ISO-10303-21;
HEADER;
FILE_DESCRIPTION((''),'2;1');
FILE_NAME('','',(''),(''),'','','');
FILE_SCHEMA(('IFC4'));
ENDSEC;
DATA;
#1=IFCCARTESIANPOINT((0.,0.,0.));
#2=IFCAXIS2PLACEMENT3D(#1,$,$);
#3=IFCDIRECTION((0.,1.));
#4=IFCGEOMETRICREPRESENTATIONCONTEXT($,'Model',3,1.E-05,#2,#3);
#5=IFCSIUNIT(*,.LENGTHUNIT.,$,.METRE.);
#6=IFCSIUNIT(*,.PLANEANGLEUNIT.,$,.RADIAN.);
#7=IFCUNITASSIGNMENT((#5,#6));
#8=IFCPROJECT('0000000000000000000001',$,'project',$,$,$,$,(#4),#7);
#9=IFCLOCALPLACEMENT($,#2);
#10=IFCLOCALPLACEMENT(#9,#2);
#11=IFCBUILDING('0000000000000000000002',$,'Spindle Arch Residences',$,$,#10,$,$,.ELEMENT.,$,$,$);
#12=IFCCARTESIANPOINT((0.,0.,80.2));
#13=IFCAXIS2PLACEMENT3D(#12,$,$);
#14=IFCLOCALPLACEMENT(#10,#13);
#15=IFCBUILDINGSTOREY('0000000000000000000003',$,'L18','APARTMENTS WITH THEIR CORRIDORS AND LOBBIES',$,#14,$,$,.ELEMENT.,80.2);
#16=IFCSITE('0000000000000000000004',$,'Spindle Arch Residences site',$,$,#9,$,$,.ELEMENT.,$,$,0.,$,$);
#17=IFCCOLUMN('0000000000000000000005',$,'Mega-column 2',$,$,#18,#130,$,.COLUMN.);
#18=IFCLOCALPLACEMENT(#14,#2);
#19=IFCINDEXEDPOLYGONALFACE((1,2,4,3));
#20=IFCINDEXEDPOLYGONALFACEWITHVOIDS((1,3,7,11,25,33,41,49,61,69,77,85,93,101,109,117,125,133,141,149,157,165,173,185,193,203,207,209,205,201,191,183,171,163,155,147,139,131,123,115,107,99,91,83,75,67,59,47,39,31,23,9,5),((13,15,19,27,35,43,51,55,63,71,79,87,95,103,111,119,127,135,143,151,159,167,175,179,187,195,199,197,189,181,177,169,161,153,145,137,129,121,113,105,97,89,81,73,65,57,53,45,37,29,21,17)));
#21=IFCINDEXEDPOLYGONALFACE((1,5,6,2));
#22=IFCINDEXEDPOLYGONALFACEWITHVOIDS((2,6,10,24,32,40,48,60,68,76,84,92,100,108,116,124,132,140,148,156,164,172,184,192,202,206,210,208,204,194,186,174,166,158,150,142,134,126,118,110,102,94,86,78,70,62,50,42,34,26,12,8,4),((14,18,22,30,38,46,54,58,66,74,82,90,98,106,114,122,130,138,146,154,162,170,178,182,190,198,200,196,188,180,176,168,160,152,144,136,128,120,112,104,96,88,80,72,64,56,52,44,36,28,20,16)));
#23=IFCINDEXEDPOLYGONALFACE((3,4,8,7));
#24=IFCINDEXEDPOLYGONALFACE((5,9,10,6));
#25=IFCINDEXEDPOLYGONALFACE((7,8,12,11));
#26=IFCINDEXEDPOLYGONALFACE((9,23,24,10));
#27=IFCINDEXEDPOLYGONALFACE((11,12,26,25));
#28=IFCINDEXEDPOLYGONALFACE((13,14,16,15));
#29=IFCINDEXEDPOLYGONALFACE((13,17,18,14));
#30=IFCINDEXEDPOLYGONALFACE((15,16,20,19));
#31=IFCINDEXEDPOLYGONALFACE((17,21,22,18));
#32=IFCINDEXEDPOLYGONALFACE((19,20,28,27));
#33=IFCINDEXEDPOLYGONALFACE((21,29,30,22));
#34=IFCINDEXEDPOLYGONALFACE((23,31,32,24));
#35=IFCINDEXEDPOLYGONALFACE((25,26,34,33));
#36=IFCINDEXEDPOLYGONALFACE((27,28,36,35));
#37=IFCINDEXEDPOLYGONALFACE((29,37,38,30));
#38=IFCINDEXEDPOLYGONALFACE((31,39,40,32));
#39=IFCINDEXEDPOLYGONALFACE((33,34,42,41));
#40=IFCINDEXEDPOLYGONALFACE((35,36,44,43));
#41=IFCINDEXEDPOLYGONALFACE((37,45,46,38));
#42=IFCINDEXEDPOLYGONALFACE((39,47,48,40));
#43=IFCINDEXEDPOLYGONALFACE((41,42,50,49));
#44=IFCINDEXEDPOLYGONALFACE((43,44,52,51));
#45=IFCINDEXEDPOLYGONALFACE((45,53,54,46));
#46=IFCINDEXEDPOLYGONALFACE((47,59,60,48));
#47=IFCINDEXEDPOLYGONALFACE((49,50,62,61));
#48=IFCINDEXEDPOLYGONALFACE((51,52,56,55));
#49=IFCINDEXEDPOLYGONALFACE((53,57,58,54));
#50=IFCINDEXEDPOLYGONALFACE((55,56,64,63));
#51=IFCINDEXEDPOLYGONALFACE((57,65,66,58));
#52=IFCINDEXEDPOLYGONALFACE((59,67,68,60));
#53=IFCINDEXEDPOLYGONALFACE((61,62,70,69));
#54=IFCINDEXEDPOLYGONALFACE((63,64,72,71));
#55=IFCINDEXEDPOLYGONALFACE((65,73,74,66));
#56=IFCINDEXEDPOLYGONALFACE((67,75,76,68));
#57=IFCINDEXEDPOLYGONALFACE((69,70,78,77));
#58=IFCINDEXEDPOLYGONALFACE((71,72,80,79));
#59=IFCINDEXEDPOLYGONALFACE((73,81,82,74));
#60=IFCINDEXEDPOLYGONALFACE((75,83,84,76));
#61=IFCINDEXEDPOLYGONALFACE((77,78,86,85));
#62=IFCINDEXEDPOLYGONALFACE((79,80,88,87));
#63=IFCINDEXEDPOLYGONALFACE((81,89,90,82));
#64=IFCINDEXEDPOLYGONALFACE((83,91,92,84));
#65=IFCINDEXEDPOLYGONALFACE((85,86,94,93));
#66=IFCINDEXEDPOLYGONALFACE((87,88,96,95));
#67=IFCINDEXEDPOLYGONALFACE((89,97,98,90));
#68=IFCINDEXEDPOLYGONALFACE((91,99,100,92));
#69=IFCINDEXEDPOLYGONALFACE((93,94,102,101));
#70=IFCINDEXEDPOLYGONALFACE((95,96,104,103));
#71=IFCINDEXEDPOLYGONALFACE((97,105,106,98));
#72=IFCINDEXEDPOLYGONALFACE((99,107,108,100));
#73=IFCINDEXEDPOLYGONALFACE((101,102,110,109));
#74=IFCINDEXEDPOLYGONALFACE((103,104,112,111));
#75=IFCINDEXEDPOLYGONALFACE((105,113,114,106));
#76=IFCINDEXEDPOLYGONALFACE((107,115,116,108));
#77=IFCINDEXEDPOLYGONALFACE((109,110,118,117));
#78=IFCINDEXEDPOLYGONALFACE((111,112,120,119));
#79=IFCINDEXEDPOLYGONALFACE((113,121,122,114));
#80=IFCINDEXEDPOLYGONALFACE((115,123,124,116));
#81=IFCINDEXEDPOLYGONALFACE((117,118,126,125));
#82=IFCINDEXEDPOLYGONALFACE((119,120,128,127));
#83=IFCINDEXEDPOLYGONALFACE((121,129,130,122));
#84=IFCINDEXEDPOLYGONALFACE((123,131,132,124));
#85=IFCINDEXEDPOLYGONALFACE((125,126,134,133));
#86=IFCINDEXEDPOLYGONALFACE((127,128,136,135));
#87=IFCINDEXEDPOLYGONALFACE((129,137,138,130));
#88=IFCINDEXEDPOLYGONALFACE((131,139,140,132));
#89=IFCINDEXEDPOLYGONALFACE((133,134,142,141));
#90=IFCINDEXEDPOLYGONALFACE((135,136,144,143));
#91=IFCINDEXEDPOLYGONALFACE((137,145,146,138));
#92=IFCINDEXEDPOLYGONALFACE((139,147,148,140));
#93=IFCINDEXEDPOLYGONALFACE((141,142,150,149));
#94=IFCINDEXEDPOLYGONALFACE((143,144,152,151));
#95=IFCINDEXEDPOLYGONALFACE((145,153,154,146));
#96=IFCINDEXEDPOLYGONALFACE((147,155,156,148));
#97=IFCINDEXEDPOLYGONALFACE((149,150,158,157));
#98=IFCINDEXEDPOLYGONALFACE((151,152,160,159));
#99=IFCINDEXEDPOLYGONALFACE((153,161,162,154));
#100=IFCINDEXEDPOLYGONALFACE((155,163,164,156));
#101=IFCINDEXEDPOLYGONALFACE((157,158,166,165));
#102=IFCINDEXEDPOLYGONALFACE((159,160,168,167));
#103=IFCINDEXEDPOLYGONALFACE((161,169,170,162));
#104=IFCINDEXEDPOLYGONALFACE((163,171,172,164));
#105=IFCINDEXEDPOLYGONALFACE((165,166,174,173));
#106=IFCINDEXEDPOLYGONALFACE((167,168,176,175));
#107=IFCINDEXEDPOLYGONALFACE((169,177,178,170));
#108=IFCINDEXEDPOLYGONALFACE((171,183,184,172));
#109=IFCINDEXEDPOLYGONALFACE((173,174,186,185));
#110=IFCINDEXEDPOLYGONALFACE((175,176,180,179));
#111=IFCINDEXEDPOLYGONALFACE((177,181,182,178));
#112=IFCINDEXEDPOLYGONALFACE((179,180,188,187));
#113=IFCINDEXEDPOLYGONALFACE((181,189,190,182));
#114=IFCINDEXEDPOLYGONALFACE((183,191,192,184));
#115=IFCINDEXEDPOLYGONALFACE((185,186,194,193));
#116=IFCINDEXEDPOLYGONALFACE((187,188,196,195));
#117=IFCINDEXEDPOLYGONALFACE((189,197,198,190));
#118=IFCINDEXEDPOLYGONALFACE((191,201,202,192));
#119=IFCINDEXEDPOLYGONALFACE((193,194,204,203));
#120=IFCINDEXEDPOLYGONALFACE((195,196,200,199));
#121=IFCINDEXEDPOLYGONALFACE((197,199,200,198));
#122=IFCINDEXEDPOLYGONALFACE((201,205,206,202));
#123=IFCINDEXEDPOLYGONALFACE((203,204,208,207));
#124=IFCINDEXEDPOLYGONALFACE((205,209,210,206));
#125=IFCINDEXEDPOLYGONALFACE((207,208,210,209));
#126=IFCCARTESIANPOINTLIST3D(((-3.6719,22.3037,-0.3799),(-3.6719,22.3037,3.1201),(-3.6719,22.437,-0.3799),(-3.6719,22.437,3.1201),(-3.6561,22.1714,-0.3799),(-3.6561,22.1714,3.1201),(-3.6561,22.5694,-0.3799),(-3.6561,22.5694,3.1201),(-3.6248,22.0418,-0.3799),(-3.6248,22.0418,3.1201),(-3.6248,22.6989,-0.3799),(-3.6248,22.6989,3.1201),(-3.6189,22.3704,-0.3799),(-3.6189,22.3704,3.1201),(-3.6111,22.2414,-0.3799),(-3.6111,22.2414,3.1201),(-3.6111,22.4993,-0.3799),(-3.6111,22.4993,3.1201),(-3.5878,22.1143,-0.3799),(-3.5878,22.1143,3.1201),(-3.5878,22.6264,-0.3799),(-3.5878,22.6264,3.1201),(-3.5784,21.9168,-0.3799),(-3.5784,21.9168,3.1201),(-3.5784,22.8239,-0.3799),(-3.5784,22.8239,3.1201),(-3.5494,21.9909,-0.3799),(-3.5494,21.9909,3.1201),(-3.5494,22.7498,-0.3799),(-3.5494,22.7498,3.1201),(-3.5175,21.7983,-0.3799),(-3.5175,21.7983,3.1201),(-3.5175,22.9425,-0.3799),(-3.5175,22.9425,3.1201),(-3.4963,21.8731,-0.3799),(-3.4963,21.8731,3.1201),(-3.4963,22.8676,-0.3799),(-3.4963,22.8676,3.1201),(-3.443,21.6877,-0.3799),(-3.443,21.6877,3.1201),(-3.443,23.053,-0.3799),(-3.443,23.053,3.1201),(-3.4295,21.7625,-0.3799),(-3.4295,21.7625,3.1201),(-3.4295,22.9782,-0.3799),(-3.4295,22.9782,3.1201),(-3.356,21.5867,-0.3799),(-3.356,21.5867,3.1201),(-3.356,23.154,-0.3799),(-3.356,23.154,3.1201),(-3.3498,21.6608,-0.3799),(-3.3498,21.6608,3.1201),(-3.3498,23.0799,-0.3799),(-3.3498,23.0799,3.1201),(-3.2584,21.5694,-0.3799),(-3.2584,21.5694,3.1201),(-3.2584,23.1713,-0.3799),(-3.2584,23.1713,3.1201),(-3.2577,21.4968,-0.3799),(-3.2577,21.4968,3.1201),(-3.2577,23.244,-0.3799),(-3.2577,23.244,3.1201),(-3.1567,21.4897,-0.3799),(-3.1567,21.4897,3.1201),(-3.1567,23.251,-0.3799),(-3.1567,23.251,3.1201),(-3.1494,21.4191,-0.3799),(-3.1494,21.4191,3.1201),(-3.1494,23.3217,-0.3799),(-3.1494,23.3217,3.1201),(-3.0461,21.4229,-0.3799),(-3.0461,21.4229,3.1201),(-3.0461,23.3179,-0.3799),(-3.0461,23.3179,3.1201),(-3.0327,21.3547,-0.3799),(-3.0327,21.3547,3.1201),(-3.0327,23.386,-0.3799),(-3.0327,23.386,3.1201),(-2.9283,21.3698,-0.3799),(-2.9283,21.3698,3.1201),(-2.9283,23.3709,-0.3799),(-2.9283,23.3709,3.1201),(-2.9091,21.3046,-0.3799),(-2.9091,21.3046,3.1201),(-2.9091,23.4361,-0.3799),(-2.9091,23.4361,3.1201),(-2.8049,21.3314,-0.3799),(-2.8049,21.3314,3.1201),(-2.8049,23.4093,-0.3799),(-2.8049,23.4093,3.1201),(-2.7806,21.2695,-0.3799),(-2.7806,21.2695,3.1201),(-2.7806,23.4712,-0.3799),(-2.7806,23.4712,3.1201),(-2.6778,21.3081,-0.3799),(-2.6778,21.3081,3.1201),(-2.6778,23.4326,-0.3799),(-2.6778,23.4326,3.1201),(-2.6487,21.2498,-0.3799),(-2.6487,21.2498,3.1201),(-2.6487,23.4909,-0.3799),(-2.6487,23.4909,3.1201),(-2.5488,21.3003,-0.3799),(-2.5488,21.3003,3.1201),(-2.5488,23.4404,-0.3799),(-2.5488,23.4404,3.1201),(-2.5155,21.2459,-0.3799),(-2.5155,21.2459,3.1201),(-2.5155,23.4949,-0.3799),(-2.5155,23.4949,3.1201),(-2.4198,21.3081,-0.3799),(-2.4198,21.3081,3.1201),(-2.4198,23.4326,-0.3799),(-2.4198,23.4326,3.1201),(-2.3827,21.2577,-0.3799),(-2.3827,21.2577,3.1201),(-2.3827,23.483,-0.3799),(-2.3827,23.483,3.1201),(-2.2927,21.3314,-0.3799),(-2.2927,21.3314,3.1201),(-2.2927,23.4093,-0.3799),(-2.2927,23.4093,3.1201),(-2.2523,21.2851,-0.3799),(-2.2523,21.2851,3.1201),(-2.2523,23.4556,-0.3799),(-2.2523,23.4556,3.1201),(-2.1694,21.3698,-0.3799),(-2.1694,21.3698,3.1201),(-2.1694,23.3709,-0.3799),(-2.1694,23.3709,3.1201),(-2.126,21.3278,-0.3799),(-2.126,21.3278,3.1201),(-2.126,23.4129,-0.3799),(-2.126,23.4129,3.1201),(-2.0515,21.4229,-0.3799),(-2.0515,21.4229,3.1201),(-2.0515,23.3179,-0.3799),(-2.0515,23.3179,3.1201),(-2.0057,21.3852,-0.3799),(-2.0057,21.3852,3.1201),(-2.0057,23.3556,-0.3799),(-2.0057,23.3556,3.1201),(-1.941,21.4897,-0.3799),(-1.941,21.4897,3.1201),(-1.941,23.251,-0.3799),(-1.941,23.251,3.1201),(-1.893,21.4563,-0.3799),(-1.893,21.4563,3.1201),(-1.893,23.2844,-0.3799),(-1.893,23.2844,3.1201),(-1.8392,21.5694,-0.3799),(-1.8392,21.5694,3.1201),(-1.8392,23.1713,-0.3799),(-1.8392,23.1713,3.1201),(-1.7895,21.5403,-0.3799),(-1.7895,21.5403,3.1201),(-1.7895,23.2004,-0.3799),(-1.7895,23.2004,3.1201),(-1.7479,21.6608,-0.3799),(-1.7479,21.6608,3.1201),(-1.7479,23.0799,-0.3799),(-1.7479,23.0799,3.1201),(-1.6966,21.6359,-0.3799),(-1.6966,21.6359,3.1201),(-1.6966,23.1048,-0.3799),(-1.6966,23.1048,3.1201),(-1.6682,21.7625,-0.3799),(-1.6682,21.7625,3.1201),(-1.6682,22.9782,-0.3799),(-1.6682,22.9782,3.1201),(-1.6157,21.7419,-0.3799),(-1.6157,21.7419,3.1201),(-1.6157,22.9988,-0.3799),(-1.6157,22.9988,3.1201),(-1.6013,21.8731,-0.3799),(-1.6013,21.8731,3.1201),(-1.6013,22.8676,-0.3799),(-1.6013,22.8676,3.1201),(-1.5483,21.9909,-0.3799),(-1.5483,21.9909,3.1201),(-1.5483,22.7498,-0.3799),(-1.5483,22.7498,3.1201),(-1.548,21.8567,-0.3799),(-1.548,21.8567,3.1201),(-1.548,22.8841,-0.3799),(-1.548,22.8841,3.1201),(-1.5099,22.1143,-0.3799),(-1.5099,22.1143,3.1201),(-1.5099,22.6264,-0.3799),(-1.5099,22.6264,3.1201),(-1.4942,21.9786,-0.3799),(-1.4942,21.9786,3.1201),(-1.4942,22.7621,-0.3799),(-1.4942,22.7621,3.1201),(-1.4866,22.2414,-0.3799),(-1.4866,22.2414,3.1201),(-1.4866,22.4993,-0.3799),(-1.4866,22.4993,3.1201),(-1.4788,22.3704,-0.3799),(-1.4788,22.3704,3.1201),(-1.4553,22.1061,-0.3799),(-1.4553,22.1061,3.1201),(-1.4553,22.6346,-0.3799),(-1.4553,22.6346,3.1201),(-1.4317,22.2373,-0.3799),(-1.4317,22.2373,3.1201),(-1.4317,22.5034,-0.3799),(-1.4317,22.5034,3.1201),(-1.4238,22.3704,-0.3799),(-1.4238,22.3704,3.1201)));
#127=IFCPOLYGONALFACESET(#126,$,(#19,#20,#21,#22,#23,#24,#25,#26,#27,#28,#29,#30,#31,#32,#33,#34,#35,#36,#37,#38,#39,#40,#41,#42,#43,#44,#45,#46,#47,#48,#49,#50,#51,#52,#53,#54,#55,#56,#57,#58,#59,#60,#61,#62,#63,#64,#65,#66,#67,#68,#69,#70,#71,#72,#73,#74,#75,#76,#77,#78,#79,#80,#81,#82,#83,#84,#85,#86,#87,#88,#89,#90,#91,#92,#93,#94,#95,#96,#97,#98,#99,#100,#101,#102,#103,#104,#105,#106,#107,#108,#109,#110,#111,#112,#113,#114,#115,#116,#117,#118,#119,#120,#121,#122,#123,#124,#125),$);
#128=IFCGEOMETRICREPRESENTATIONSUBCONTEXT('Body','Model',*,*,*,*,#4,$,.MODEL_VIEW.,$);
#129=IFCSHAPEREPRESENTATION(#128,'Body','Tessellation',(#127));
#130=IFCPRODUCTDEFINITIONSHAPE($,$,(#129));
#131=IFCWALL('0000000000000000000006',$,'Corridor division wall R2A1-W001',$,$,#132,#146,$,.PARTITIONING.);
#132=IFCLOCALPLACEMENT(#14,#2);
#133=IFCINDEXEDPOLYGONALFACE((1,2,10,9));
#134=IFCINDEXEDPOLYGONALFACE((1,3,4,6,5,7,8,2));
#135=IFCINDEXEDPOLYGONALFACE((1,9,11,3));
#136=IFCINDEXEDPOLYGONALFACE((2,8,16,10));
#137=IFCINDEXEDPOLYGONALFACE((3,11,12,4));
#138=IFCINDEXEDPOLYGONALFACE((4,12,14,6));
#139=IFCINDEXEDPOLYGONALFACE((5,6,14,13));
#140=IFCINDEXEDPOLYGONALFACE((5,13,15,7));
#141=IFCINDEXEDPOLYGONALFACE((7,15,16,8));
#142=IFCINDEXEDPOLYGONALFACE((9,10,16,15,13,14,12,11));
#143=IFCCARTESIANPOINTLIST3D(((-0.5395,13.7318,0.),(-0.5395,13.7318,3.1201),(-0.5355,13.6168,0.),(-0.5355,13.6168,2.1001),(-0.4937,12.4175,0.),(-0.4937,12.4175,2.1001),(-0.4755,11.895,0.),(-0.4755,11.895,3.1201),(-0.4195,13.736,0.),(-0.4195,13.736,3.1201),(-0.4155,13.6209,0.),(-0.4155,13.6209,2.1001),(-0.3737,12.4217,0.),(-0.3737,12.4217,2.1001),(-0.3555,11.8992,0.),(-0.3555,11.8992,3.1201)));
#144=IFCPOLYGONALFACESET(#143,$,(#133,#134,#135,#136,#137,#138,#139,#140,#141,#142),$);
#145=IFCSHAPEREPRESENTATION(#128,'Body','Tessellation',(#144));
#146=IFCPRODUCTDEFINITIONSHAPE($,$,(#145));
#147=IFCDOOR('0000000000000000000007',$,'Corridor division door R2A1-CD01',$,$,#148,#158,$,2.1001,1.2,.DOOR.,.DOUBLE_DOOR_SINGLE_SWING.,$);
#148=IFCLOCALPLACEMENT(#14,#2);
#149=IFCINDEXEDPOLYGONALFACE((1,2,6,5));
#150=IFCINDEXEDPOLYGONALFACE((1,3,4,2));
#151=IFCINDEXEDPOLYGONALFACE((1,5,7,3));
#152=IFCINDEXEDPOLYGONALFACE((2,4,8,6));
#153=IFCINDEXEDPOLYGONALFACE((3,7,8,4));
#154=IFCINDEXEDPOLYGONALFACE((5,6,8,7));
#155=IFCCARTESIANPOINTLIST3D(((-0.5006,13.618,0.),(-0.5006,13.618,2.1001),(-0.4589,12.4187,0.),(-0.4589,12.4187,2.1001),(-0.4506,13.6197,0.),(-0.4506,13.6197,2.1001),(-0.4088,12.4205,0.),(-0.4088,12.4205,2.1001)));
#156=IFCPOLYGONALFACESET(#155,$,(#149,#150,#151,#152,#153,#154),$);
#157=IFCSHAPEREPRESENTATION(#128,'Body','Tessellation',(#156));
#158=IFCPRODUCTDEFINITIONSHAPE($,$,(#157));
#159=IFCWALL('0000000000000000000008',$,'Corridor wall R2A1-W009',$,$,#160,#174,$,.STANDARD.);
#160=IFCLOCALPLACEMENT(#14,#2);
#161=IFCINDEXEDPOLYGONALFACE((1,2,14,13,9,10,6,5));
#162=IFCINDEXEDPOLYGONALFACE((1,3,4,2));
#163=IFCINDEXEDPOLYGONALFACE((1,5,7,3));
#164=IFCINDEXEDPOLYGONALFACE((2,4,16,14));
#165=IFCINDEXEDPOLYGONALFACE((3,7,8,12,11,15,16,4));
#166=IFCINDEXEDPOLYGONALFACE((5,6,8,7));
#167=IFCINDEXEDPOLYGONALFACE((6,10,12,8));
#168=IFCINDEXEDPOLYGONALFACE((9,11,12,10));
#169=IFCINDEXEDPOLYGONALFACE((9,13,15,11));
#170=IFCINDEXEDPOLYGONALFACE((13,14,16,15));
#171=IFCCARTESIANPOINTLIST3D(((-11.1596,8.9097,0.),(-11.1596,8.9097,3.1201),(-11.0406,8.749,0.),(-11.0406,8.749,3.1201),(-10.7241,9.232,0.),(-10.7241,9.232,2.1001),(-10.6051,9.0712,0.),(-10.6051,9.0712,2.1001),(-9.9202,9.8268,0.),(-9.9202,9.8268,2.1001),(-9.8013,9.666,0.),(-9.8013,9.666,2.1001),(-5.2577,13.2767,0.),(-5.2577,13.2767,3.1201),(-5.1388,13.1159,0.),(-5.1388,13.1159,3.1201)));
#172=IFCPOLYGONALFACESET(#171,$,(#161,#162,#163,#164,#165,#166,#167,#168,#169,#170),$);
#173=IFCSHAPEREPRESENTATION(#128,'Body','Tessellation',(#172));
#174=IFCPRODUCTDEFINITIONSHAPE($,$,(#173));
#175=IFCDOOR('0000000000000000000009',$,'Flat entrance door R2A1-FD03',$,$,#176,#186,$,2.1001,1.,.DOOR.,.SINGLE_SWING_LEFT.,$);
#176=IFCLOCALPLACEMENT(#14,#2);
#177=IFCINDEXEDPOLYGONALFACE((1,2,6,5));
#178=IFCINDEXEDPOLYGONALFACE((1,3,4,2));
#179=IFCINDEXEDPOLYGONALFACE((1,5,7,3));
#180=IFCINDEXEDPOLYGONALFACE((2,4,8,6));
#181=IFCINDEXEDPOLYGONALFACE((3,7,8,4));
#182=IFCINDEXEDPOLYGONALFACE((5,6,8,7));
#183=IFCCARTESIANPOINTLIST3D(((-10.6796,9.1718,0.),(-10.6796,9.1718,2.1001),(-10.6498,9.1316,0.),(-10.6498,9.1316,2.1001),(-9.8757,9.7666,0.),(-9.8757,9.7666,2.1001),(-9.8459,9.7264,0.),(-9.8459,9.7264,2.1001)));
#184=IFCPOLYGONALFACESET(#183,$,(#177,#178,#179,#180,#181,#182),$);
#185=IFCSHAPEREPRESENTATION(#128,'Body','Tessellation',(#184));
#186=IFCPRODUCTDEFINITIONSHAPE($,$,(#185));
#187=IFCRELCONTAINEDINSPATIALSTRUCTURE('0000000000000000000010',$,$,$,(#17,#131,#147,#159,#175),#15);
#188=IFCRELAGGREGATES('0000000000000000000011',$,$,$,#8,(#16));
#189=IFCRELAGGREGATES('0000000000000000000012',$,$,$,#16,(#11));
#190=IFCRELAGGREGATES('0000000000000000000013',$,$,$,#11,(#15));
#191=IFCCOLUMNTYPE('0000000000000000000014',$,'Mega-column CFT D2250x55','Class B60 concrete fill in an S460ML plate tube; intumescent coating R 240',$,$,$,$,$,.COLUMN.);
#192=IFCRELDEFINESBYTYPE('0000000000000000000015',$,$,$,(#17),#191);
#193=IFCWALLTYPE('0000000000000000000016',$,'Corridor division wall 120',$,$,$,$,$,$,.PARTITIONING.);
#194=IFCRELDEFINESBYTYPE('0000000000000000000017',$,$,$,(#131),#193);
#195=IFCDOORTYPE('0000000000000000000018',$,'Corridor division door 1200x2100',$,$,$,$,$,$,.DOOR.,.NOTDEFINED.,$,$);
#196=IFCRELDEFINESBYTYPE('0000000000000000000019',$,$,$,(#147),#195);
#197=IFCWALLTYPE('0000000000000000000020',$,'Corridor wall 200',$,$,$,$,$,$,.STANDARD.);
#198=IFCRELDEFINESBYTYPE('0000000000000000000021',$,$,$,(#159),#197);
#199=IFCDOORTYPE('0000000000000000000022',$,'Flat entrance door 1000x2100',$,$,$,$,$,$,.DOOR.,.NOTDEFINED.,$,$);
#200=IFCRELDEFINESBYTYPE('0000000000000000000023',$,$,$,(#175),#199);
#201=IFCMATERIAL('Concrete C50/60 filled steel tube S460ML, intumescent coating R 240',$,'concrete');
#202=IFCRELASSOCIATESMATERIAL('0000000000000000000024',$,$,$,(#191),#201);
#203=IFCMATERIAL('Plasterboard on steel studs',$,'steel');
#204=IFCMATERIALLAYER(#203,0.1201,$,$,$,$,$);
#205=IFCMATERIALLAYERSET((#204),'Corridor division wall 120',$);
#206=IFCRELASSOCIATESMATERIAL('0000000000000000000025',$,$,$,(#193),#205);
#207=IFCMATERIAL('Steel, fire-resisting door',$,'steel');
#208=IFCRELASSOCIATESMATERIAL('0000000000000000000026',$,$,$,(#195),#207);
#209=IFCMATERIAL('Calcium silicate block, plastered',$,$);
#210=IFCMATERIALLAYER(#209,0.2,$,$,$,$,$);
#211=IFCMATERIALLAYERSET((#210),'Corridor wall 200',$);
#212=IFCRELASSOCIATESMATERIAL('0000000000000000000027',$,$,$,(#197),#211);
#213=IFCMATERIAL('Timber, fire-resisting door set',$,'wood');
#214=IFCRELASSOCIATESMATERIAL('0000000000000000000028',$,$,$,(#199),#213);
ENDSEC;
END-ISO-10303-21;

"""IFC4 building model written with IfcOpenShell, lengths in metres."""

from ifc_helpers import new_model, si_unit, direction, frame, frame_2d, origin, origin_2d, place, context, subcontext, project, spatial, rectangle, hollow_circle, extrude, material, layer, layer_set, material_profile, profile_set, type_object, element, fill, save


model = new_model("IFC4")

# Units and contexts
model_context = context("Model", 3, precision=1e-05, world=origin(), true_north=direction((0.0, 1.0)))
body_context = subcontext(model_context, "Body", "Model", "MODEL_VIEW")
ifc_project = project(units=[si_unit("LENGTHUNIT", "METRE"), si_unit("PLANEANGLEUNIT", "RADIAN")], contexts=[model_context])

# Site, building, storey
site_placement = place(None, origin())
site = spatial("IfcSite", under=ifc_project, at=site_placement, Name="Spindle Arch Residences site", CompositionType="ELEMENT", RefElevation=0.0)
building_placement = place(site_placement, origin())
building = spatial("IfcBuilding", under=site, at=building_placement, Name="Spindle Arch Residences", CompositionType="ELEMENT")
storey_placement = place(building_placement, frame((0.0, 0.0, 80.2)))
storey = spatial("IfcBuildingStorey", under=building, at=storey_placement, Name="L18", Description="APARTMENTS WITH THEIR CORRIDORS AND LOBBIES", CompositionType="ELEMENT", Elevation=80.2)

# Column
ifc_material_1 = material(Name="Concrete C50/60 filled steel tube S460ML, intumescent coating R 240", Category="concrete")
ifc_material_profile = material_profile(ifc_material_1, hollow_circle(Radius=1.125, WallThickness=0.0549, at=origin_2d()), Name="CFT D2250x55")
ifc_profile_set = profile_set([ifc_material_profile], Name="Concrete C50/60 filled steel tube S460ML, intumescent coating R 240")
column_type = type_object("IfcColumnType", Name="Mega-column CFT D2250x55", Description="Class B60 concrete fill in an S460ML plate tube; intumescent coating R 240", PredefinedType="COLUMN", material=ifc_profile_set)
column_placement = place(storey_placement, frame((-2.5488, 22.3704, -0.3799), z_axis=(0.0, 0.0, 1.0), x_axis=(1.0, 0.0, 0.0)))
element("IfcColumn", 1, at=column_placement, inside=storey, type_object=column_type, Name="Mega-column 2", PredefinedType="COLUMN", context=body_context, shape_type="SweptSolid", body=[
    extrude(hollow_circle(Radius=1.125, WallThickness=0.0549, at=origin_2d()), origin(), (0.0, 0.0, 1.0), 3.5),
])

# Walls, openings, doors
ifc_material_2 = material(Name="Plasterboard on steel studs", Category="steel")
ifc_layer_1 = layer(ifc_material_2, 0.1201)
ifc_layer_set_1 = layer_set([ifc_layer_1], Name="Corridor division wall 120")
wall_type_1 = type_object("IfcWallType", Name="Corridor division wall 120", PredefinedType="PARTITIONING", material=ifc_layer_set_1)
wall_1_placement = place(storey_placement, frame((-0.4795, 13.7339, 0.0), z_axis=(0.0, 0.0, 1.0), x_axis=(0.034805, -0.999394, 0.0)))
wall_1 = element("IfcWall", 2, at=wall_1_placement, inside=storey, type_object=wall_type_1, Name="Corridor division wall R2A1-W001", PredefinedType="PARTITIONING", context=body_context, shape_type="SweptSolid", body=[
    extrude(rectangle(XDim=1.8379, YDim=0.1201, at=frame_2d((0.9189, 0.0))), origin(), (0.0, 0.0, 1.0), 3.1201),
])
opening_1_placement = place(wall_1_placement, frame((0.115, 0.0, 0.0)))
opening_1 = element("IfcOpeningElement", 3, at=opening_1_placement, cuts=wall_1, PredefinedType="OPENING", context=body_context, shape_type="SweptSolid", body=[
    extrude(rectangle(XDim=1.2, YDim=2.1001, at=frame_2d((0.6001, 1.05))), frame((0.0, 0.0701, 0.0), z_axis=(0.0, -1.0, 0.0), x_axis=(1.0, 0.0, 0.0)), (0.0, 0.0, 1.0), 0.1401),
])
ifc_material_3 = material(Name="Steel, fire-resisting door", Category="steel")
door_type_1 = type_object("IfcDoorType", Name="Corridor division door 1200x2100", OperationType="NOTDEFINED", PredefinedType="DOOR", material=ifc_material_3)
door_1_placement = place(opening_1_placement, origin())
door_1 = element("IfcDoor", 4, at=door_1_placement, inside=storey, type_object=door_type_1, Name="Corridor division door R2A1-CD01", OperationType="DOUBLE_DOOR_SINGLE_SWING", OverallHeight=2.1001, OverallWidth=1.2, PredefinedType="DOOR", context=body_context, shape_type="SweptSolid", body=[
    extrude(rectangle(XDim=1.2, YDim=2.1001, at=frame_2d((0.6001, 1.05))), frame((0.0, 0.0249, 0.0), z_axis=(0.0, -1.0, 0.0), x_axis=(1.0, 0.0, 0.0)), (0.0, 0.0, 1.0), 0.05),
])
fill(opening_1, door_1)
ifc_material_4 = material(Name="Calcium silicate block, plastered")
ifc_layer_2 = layer(ifc_material_4, 0.2)
ifc_layer_set_2 = layer_set([ifc_layer_2], Name="Corridor wall 200")
wall_type_2 = type_object("IfcWallType", Name="Corridor wall 200", PredefinedType="STANDARD", material=ifc_layer_set_2)
wall_2_placement = place(storey_placement, frame((-5.1982, 13.1963, 0.0), z_axis=(0.0, 0.0, 1.0), x_axis=(-0.80387, -0.594805, 0.0)))
wall_2 = element("IfcWall", 5, at=wall_2_placement, inside=storey, type_object=wall_type_2, Name="Corridor wall R2A1-W009", PredefinedType="STANDARD", context=body_context, shape_type="SweptSolid", body=[
    extrude(rectangle(XDim=7.3418, YDim=0.2, at=frame_2d((3.6709, 0.0))), origin(), (0.0, 0.0, 1.0), 3.1201),
])
opening_2_placement = place(wall_2_placement, frame((5.8, 0.0, 0.0)))
opening_2 = element("IfcOpeningElement", 6, at=opening_2_placement, cuts=wall_2, PredefinedType="OPENING", context=body_context, shape_type="SweptSolid", body=[
    extrude(rectangle(XDim=1.0, YDim=2.1001, at=frame_2d((0.5, 1.05))), frame((0.0, 0.1099, 0.0), z_axis=(0.0, -1.0, 0.0), x_axis=(1.0, 0.0, 0.0)), (0.0, 0.0, 1.0), 0.22),
])
ifc_material_5 = material(Name="Timber, fire-resisting door set", Category="wood")
door_type_2 = type_object("IfcDoorType", Name="Flat entrance door 1000x2100", OperationType="NOTDEFINED", PredefinedType="DOOR", material=ifc_material_5)
door_2_placement = place(opening_2_placement, origin())
door_2 = element("IfcDoor", 7, at=door_2_placement, inside=storey, type_object=door_type_2, Name="Flat entrance door R2A1-FD03", OperationType="SINGLE_SWING_LEFT", OverallHeight=2.1001, OverallWidth=1.0, PredefinedType="DOOR", context=body_context, shape_type="SweptSolid", body=[
    extrude(rectangle(XDim=1.0, YDim=2.1001, at=frame_2d((0.5, 1.05))), frame((0.0, 0.0249, 0.0), z_axis=(0.0, -1.0, 0.0), x_axis=(1.0, 0.0, 0.0)), (0.0, 0.0, 1.0), 0.05),
])
fill(opening_2, door_2)

save(model, "model.ifc")
